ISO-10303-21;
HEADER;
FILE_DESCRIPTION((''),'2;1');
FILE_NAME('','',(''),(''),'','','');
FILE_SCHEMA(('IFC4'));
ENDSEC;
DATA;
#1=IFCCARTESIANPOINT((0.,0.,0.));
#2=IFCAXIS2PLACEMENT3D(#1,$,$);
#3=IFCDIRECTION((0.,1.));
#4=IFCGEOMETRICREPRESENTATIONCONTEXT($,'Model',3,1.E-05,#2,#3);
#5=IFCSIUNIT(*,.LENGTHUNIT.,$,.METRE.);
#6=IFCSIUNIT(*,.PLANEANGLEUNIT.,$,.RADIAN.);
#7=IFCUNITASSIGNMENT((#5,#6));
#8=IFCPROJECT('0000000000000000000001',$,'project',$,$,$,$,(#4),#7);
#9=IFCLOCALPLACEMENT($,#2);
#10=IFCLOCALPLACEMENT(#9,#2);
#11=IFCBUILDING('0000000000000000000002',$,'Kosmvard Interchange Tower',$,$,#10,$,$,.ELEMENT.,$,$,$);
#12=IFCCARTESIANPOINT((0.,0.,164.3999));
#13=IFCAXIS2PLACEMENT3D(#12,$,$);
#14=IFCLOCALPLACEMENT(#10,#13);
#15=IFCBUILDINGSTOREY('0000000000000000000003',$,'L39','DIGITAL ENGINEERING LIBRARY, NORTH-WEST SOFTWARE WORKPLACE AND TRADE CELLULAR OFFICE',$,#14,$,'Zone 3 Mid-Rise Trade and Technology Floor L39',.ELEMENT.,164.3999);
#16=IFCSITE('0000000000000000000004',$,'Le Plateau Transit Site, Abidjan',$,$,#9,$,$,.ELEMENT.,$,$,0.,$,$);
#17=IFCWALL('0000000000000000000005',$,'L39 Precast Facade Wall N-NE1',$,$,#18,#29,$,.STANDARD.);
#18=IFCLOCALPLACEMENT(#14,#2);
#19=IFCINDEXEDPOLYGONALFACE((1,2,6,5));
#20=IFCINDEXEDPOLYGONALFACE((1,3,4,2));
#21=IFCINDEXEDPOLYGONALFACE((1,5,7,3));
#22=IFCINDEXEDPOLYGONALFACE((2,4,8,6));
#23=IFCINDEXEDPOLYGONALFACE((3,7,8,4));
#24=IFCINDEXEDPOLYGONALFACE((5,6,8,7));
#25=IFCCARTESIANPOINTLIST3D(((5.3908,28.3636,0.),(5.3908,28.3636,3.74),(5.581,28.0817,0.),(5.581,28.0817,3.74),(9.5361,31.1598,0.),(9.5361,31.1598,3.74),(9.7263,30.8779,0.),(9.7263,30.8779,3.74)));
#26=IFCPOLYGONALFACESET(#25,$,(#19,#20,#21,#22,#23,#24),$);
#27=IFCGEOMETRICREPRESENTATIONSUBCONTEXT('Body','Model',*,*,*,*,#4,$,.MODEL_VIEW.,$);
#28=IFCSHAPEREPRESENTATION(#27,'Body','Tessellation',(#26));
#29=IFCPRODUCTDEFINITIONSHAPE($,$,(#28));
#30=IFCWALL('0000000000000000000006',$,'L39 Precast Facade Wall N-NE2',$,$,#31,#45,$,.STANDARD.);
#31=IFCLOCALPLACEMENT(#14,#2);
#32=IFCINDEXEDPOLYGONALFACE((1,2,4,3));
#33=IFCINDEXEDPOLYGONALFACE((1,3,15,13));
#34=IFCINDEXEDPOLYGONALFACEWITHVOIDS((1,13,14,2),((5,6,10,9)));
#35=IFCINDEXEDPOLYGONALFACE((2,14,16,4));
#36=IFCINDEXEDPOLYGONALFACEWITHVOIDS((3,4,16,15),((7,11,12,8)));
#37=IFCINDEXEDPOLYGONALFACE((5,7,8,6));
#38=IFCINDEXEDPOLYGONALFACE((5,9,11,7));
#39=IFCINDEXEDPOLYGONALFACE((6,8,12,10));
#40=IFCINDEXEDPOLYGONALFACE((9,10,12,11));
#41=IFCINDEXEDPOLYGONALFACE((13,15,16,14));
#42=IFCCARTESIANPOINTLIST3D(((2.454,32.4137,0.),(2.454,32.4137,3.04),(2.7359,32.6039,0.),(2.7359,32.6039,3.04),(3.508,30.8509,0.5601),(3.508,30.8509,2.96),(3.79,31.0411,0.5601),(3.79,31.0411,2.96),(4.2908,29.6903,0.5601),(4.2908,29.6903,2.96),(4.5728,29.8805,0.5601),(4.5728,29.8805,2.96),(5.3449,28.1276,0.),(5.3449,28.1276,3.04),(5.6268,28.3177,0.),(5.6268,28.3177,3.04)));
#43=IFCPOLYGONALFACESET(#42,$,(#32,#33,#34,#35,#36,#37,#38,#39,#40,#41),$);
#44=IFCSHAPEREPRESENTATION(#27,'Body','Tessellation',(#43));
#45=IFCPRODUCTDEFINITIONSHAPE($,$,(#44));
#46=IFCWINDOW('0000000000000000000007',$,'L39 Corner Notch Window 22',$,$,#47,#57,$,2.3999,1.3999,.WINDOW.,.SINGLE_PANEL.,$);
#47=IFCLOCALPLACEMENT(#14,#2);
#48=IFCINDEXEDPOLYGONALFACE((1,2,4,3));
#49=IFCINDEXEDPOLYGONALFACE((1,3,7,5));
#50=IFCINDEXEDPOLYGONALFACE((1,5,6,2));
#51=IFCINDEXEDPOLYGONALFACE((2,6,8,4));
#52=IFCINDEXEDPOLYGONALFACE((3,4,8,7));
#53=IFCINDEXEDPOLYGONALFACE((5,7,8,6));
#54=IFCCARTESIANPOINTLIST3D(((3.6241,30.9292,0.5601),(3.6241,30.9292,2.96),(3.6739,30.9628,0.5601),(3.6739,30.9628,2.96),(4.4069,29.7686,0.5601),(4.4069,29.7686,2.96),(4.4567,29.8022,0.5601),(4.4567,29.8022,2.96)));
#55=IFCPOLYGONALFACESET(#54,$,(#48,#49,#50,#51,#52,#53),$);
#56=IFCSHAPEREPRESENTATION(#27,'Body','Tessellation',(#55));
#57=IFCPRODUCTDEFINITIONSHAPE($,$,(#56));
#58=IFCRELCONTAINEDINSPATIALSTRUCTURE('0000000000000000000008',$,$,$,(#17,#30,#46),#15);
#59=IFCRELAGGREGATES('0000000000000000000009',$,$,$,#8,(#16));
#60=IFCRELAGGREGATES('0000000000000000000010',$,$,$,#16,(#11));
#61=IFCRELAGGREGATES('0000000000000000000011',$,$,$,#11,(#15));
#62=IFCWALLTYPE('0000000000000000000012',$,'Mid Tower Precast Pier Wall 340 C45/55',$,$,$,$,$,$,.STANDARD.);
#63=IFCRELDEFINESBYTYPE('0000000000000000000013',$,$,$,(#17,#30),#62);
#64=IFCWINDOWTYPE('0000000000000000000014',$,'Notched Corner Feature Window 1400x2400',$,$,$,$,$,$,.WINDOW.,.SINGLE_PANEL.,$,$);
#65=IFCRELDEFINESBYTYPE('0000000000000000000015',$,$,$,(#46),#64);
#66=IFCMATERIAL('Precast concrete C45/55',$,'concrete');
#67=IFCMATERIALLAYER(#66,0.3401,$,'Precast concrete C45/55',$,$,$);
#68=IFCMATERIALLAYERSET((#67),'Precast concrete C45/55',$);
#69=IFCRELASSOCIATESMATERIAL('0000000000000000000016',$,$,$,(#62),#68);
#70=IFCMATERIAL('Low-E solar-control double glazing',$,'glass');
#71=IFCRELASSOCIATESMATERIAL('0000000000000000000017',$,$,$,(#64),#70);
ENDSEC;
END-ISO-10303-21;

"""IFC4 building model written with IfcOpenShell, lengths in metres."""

from ifc_helpers import new_model, si_unit, direction, frame, frame_2d, origin, place, context, subcontext, project, spatial, rectangle, extrude, source, transform, mapped, material, layer, layer_set, type_object, element, fill, save


model = new_model("IFC4")

# Units and contexts
model_context = context("Model", 3, precision=1e-05, world=origin(), true_north=direction((0.0, 1.0)))
body_context = subcontext(model_context, "Body", "Model", "MODEL_VIEW")
ifc_project = project(units=[si_unit("LENGTHUNIT", "METRE"), si_unit("PLANEANGLEUNIT", "RADIAN")], contexts=[model_context])

# Site, building, storey
site_placement = place(None, origin())
site = spatial("IfcSite", under=ifc_project, at=site_placement, Name="Le Plateau Transit Site, Abidjan", CompositionType="ELEMENT", RefElevation=0.0)
building_placement = place(site_placement, origin())
building = spatial("IfcBuilding", under=site, at=building_placement, Name="Kosmvard Interchange Tower", CompositionType="ELEMENT")
storey_placement = place(building_placement, frame((0.0, 0.0, 164.3999)))
storey = spatial("IfcBuildingStorey", under=building, at=storey_placement, Name="L39", Description="DIGITAL ENGINEERING LIBRARY, NORTH-WEST SOFTWARE WORKPLACE AND TRADE CELLULAR OFFICE", LongName="Zone 3 Mid-Rise Trade and Technology Floor L39", CompositionType="ELEMENT", Elevation=164.3999)

# Shared definitions
ifc_material_1 = material(Name="Precast concrete C45/55", Category="concrete")

# Wall
ifc_layer_1 = layer(ifc_material_1, 0.3401, Name="Precast concrete C45/55")
ifc_layer_set_1 = layer_set([ifc_layer_1], Name="Precast concrete C45/55")
wall_type = type_object("IfcWallType", Name="Mid Tower Precast Pier Wall 340 C45/55", PredefinedType="STANDARD", material=ifc_layer_set_1)
wall_1_placement = place(storey_placement, frame((9.6311, 31.0188, 0.0), z_axis=(0.0, 0.0, 1.0), x_axis=(-0.829026, -0.55921, 0.0)))
element("IfcWall", 1, at=wall_1_placement, inside=storey, type_object=wall_type, Name="L39 Precast Facade Wall N-NE1", PredefinedType="STANDARD", context=body_context, shape_type="SweptSolid", body=[
    extrude(rectangle(XDim=5.0002, YDim=0.3401, at=frame_2d((2.5, 0.0))), origin(), (0.0, 0.0, 1.0), 3.74),
])

# Wall, opening, window
wall_2_placement = place(storey_placement, frame((5.4858, 28.2227, 0.0), z_axis=(0.0, 0.0, 1.0), x_axis=(-0.559171, 0.829052, 0.0)))
wall_2 = element("IfcWall", 2, at=wall_2_placement, inside=storey, type_object=wall_type, Name="L39 Precast Facade Wall N-NE2", PredefinedType="STANDARD", context=body_context, shape_type="SweptSolid", body=[
    extrude(rectangle(XDim=5.1699, YDim=0.3401, at=frame_2d((2.585, 0.0))), origin(), (0.0, 0.0, 1.0), 3.04),
])
opening_1_placement = place(wall_2_placement, frame((1.885, 0.0, 0.5601)))
opening_1 = element("IfcOpeningElement", 3, at=opening_1_placement, cuts=wall_2, PredefinedType="OPENING", context=body_context, shape_type="SweptSolid", body=[
    extrude(rectangle(XDim=1.3999, YDim=2.3999, at=frame_2d((0.7, 1.2))), frame((0.0, 0.1802, 0.0), z_axis=(0.0, -1.0, 0.0), x_axis=(1.0, 0.0, 0.0)), (0.0, 0.0, 1.0), 0.3601),
])
ifc_material_2 = material(Name="Low-E solar-control double glazing", Category="glass")
window_type_1 = type_object("IfcWindowType", Name="Notched Corner Feature Window 1400x2400", PartitioningType="SINGLE_PANEL", PredefinedType="WINDOW", material=ifc_material_2)
shared_shape_1 = source(origin(), body_context, "Body", "SweptSolid", [
    extrude(rectangle(XDim=1.3999, YDim=2.3999, at=frame_2d((0.7, 1.2))), frame((0.0, 0.03, 0.0), z_axis=(0.0, -1.0, 0.0), x_axis=(1.0, 0.0, 0.0)), (0.0, 0.0, 1.0), 0.0601),
])
window_1_placement = place(opening_1_placement, origin())
window_1 = element("IfcWindow", 4, at=window_1_placement, inside=storey, type_object=window_type_1, Name="L39 Corner Notch Window 22", OverallHeight=2.3999, OverallWidth=1.3999, PartitioningType="SINGLE_PANEL", PredefinedType="WINDOW", context=body_context, shape_type="MappedRepresentation", body=[
    mapped(shared_shape_1, transform((0.0, 0.0, 0.0), scale=1.0)),
])
fill(opening_1, window_1)

save(model, "model.ifc")
